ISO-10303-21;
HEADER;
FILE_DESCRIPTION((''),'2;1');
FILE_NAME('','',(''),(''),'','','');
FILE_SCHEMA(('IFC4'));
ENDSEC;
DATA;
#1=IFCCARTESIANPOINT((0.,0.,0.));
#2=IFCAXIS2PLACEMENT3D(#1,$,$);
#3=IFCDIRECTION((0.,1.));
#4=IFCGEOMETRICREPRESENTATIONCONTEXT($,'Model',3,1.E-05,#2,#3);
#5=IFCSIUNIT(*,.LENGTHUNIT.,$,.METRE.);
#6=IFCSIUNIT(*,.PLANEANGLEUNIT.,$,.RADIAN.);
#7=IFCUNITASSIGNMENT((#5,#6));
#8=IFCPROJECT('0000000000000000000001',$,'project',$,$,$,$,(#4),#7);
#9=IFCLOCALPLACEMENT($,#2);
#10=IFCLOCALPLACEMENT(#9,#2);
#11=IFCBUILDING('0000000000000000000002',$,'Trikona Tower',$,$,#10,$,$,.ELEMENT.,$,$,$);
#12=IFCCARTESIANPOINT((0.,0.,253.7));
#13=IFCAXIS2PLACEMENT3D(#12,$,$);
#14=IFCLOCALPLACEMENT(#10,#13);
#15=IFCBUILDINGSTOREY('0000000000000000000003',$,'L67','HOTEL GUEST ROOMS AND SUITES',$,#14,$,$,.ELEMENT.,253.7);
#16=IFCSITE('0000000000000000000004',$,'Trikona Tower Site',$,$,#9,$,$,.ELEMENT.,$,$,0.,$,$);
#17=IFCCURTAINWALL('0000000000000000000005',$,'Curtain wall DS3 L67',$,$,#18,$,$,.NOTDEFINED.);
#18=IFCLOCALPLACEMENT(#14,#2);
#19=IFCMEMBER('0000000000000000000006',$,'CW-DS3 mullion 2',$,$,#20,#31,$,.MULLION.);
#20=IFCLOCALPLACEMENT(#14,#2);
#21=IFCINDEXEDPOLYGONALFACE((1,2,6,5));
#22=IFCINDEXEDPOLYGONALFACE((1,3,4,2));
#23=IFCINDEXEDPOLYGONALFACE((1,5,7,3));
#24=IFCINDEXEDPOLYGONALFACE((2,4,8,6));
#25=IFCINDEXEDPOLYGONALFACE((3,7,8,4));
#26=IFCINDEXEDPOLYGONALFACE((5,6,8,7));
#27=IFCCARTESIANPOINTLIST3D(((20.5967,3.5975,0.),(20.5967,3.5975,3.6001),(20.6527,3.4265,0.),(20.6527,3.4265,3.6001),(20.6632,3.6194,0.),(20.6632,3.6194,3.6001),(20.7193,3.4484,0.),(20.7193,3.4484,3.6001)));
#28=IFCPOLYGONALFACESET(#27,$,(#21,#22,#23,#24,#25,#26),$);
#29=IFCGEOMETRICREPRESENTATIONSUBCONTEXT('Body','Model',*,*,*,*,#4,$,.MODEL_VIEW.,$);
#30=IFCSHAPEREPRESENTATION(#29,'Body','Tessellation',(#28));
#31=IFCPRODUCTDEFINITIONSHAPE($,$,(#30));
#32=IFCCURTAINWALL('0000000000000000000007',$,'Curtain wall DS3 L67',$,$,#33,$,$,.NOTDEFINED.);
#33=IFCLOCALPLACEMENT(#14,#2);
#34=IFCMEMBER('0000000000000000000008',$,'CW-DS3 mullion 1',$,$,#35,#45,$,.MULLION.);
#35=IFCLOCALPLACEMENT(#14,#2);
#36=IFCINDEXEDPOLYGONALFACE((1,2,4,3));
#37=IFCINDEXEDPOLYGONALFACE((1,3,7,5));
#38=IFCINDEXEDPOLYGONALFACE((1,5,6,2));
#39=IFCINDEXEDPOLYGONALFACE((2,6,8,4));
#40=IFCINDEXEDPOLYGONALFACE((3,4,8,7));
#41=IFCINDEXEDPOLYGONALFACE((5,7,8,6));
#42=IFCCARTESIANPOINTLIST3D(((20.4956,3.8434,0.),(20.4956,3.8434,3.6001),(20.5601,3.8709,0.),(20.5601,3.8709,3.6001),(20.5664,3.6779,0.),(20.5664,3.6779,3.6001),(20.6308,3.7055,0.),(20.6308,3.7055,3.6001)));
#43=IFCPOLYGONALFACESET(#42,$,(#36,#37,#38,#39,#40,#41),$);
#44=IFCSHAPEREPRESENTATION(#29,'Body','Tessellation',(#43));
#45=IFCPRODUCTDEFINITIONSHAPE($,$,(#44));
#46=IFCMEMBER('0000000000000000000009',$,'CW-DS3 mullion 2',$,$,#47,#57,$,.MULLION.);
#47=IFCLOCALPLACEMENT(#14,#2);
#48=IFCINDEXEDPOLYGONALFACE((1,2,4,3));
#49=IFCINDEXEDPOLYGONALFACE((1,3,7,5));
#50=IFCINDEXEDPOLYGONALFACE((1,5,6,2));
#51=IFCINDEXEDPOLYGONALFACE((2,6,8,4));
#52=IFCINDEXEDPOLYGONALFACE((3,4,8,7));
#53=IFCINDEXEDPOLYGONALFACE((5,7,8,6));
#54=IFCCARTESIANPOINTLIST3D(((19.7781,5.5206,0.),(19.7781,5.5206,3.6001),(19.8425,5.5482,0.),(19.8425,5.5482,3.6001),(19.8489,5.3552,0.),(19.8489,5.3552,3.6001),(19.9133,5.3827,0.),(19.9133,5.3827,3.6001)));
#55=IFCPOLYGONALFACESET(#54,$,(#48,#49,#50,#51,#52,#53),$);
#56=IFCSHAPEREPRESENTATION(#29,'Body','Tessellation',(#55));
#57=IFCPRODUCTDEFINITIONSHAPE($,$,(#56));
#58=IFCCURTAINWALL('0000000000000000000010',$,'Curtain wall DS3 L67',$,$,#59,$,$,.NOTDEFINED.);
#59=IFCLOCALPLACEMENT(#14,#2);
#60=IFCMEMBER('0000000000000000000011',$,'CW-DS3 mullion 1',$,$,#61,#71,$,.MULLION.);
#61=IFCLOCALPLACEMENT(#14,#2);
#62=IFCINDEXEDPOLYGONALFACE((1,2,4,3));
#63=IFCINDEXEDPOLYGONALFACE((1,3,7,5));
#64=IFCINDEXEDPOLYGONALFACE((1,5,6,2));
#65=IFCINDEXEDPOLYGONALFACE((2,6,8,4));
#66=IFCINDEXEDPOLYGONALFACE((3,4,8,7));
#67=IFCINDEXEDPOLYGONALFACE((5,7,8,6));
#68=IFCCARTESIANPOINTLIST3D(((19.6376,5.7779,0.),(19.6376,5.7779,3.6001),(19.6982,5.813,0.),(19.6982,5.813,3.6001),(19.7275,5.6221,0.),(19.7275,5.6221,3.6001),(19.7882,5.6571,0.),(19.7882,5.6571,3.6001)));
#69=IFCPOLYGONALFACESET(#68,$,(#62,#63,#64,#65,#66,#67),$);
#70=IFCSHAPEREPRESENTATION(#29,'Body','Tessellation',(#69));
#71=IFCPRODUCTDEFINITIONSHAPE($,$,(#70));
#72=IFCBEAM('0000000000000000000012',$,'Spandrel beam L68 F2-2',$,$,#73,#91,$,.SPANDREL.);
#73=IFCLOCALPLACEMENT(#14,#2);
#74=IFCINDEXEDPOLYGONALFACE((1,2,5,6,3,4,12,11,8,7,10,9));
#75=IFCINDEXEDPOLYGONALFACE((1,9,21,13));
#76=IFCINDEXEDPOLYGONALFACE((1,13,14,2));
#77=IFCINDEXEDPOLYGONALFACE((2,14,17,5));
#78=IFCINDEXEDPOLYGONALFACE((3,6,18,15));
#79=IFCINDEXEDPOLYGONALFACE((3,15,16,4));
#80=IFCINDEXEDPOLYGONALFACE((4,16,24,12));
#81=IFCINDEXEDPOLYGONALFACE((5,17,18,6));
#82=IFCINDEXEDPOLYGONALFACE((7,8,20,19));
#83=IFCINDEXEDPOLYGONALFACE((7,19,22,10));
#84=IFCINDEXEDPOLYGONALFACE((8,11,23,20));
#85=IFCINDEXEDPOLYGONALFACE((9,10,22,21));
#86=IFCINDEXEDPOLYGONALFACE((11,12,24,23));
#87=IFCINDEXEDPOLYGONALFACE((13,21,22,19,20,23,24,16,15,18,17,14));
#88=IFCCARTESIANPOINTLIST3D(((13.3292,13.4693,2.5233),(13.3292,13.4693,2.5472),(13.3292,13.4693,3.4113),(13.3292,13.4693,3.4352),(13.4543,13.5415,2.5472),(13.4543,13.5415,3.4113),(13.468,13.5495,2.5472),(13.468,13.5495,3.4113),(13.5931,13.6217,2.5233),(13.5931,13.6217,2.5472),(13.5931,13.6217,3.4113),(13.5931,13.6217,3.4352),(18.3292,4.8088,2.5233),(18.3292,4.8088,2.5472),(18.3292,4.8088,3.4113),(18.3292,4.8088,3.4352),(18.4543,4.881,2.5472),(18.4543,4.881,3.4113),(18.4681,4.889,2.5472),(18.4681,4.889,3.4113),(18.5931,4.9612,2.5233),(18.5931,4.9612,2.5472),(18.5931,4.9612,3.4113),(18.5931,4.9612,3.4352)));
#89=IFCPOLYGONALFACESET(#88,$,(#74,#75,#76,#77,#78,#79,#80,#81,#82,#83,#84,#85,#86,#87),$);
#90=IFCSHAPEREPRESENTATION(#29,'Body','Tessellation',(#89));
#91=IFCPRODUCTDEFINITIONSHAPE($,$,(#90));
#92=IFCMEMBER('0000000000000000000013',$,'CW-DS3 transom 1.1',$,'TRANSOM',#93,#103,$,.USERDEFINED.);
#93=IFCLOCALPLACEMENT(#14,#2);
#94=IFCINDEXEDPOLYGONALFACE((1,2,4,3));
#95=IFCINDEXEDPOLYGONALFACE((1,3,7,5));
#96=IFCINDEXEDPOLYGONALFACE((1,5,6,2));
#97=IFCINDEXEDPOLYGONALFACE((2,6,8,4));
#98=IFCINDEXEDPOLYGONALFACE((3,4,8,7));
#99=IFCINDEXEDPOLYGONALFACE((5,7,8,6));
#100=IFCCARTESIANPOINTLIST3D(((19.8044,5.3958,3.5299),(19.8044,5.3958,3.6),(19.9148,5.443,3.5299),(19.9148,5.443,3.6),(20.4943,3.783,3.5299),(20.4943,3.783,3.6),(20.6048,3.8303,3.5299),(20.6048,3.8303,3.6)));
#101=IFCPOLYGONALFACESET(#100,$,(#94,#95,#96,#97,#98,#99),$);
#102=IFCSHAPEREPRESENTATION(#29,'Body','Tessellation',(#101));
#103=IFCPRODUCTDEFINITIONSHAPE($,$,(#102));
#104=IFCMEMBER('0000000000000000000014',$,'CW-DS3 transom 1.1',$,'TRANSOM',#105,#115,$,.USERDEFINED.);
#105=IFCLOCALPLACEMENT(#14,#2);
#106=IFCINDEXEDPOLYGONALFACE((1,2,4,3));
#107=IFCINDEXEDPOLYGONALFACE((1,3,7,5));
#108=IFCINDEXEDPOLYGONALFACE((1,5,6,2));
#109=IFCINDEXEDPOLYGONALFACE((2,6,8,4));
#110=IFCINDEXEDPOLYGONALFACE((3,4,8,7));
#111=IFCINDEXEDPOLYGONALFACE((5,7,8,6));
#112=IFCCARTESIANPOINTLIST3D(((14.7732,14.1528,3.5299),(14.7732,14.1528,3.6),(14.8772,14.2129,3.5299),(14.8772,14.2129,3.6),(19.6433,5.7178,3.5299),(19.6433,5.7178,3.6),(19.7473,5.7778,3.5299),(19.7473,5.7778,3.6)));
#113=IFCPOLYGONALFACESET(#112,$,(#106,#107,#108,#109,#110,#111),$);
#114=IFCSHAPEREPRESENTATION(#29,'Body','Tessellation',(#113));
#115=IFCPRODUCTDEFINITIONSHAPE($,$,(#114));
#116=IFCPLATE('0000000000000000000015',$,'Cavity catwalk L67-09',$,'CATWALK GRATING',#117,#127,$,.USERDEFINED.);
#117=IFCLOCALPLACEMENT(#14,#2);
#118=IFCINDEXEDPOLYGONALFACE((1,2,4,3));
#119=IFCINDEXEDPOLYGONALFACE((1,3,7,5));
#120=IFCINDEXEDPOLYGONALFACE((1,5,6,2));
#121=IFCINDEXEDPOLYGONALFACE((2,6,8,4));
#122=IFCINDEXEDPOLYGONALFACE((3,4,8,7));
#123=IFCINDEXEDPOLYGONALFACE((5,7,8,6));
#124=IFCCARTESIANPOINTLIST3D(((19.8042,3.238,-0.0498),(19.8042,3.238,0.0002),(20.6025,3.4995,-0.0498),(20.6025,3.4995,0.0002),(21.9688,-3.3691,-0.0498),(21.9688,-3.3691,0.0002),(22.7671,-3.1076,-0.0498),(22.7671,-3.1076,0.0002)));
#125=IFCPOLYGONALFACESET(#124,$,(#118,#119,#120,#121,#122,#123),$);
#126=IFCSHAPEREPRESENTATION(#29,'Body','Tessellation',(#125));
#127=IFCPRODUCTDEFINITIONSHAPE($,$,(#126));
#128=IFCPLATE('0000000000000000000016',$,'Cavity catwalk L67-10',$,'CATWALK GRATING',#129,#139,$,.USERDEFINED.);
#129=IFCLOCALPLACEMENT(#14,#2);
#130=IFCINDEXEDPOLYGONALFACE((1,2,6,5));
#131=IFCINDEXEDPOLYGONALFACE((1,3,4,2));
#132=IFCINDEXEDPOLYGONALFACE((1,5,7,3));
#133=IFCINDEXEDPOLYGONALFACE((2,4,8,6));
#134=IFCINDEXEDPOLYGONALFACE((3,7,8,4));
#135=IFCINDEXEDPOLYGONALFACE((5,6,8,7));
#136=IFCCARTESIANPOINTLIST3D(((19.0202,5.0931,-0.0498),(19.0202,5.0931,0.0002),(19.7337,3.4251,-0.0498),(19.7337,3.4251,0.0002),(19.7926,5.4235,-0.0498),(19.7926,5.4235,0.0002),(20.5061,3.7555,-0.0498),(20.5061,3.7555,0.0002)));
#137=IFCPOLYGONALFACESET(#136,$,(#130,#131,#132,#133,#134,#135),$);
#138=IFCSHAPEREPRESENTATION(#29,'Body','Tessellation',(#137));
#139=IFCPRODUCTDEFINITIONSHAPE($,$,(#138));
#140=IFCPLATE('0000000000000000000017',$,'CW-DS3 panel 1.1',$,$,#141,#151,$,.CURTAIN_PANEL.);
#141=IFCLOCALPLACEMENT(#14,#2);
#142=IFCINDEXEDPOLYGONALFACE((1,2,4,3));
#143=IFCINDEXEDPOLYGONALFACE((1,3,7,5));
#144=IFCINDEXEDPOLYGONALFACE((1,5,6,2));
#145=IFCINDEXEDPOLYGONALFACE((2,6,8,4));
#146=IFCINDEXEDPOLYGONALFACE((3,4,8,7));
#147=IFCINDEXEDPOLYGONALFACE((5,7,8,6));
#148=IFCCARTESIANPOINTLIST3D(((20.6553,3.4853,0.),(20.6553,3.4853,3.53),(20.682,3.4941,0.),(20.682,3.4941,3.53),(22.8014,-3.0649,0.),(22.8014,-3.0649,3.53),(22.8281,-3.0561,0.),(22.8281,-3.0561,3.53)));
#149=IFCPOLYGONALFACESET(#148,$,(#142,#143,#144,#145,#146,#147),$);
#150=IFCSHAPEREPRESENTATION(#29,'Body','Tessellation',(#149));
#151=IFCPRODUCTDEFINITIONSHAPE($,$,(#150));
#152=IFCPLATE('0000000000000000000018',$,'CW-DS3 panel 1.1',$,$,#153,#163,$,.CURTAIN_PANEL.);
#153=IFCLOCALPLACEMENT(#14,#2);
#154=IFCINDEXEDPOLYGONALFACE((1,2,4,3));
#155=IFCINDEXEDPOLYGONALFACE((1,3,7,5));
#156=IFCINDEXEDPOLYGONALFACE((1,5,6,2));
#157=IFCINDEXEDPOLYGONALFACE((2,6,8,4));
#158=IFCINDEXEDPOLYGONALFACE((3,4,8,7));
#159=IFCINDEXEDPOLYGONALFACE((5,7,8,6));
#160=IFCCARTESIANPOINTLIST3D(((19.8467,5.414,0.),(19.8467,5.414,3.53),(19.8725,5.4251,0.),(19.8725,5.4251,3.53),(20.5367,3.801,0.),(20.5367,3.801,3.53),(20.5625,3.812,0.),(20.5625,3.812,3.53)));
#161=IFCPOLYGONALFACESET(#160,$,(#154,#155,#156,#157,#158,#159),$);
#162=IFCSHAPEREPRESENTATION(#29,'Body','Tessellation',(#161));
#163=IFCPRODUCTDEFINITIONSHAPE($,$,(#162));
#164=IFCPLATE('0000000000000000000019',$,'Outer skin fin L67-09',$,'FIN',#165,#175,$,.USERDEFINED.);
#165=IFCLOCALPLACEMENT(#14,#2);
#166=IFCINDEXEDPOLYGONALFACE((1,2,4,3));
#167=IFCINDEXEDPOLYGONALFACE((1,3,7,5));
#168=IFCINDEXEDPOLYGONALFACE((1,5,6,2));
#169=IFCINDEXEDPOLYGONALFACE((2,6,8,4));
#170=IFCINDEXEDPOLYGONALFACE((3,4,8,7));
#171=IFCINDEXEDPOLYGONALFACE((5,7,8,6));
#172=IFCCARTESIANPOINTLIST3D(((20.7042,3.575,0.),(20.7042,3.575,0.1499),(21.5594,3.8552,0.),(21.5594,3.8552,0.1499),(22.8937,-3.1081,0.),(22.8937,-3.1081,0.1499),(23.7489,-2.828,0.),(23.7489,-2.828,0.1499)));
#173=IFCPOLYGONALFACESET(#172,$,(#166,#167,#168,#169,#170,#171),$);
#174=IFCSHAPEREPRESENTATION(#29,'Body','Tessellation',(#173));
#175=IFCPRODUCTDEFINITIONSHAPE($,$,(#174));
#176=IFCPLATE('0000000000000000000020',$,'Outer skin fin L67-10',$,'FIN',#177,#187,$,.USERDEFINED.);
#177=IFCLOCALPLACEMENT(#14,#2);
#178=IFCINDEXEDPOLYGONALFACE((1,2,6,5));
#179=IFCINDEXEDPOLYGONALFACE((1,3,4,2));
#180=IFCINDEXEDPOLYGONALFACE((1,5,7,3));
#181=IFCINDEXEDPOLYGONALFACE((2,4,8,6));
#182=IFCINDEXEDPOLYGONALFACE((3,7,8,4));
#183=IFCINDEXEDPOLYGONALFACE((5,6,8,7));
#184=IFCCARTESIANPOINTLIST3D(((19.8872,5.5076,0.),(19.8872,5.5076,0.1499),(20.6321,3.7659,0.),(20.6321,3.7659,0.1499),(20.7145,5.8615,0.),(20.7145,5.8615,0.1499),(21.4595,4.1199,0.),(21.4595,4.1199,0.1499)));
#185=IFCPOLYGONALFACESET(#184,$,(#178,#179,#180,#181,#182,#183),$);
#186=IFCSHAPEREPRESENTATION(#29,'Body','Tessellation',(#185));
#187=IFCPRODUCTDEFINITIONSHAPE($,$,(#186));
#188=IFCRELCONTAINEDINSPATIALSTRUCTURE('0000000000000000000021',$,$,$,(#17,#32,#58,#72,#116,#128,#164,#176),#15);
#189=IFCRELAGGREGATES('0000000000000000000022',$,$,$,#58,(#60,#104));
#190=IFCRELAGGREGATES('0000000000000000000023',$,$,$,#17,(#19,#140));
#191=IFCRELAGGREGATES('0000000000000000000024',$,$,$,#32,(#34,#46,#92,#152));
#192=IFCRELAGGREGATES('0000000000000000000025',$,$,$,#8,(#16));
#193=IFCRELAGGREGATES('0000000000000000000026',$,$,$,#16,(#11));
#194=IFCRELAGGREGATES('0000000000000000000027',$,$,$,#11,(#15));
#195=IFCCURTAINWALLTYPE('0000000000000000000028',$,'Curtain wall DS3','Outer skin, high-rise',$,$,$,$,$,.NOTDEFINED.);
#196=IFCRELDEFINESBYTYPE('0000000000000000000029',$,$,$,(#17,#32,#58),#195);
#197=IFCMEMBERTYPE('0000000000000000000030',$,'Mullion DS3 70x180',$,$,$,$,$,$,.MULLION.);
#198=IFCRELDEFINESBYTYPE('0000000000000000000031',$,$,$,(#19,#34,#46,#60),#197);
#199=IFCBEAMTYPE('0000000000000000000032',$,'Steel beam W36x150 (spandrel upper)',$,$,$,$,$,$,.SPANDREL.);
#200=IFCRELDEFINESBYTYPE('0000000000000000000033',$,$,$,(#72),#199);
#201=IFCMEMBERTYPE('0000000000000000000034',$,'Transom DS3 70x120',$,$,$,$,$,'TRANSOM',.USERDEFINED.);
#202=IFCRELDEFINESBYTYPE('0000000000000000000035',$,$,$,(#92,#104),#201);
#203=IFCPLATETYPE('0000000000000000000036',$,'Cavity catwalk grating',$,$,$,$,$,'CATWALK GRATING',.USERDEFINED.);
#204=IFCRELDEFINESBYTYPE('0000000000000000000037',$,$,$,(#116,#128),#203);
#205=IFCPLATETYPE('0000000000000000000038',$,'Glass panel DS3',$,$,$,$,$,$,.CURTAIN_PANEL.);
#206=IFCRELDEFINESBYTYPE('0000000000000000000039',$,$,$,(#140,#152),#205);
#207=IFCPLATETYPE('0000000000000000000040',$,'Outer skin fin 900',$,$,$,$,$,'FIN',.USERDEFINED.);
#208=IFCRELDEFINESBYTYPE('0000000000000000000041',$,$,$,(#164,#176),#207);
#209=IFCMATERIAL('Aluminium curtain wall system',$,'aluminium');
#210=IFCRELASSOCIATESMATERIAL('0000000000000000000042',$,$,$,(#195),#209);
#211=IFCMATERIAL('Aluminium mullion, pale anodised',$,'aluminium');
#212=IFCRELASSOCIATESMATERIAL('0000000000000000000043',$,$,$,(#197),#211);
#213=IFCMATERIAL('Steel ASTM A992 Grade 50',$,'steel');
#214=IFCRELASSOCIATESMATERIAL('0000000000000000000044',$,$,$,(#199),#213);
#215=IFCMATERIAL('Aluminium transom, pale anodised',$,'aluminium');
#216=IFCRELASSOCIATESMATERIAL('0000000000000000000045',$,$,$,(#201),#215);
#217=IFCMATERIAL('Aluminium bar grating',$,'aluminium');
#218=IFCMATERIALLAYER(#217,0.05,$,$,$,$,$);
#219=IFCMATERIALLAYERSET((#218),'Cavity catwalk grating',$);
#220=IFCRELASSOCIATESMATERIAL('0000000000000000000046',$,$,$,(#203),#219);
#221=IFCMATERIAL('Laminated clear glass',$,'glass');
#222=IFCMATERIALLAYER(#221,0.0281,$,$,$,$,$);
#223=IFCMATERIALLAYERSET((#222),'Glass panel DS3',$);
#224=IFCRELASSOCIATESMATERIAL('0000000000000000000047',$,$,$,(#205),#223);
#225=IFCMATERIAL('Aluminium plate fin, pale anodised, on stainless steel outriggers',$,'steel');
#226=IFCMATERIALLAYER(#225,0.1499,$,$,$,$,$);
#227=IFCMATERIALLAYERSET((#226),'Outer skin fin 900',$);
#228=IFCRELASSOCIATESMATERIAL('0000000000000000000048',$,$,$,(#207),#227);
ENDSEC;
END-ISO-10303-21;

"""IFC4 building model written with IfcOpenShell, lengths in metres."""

from ifc_helpers import new_model, si_unit, direction, frame, origin, origin_2d, place, context, subcontext, project, spatial, rectangle, i_section, extrude, material, layer, layer_set, material_profile, profile_set, type_object, element, aggregate, save


model = new_model("IFC4")

# Units and contexts
model_context = context("Model", 3, precision=1e-05, world=origin(), true_north=direction((0.0, 1.0)))
body_context = subcontext(model_context, "Body", "Model", "MODEL_VIEW")
ifc_project = project(units=[si_unit("LENGTHUNIT", "METRE"), si_unit("PLANEANGLEUNIT", "RADIAN")], contexts=[model_context])

# Site, building, storey
site_placement = place(None, origin())
site = spatial("IfcSite", under=ifc_project, at=site_placement, Name="Trikona Tower Site", CompositionType="ELEMENT", RefElevation=0.0)
building_placement = place(site_placement, origin())
building = spatial("IfcBuilding", under=site, at=building_placement, Name="Trikona Tower", CompositionType="ELEMENT")
storey_placement = place(building_placement, frame((0.0, 0.0, 253.7)))
storey = spatial("IfcBuildingStorey", under=building, at=storey_placement, Name="L67", Description="HOTEL GUEST ROOMS AND SUITES", CompositionType="ELEMENT", Elevation=253.7)

# Curtain wall, member
ifc_material_1 = material(Name="Aluminium curtain wall system", Category="aluminium")
curtain_wall_type = type_object("IfcCurtainWallType", Name="Curtain wall DS3", Description="Outer skin, high-rise", PredefinedType="NOTDEFINED", material=ifc_material_1)
curtain_wall_1_placement = place(storey_placement, origin())
curtain_wall_1 = element("IfcCurtainWall", 1, at=curtain_wall_1_placement, inside=storey, type_object=curtain_wall_type, Name="Curtain wall DS3 L67", PredefinedType="NOTDEFINED")
ifc_material_2 = material(Name="Aluminium mullion, pale anodised", Category="aluminium")
ifc_material_profile_1 = material_profile(ifc_material_2, rectangle(XDim=0.0701, YDim=0.1799, at=origin_2d()), Name="MUL-DS3")
ifc_profile_set_1 = profile_set([ifc_material_profile_1], Name="Aluminium mullion, pale anodised")
member_type_1 = type_object("IfcMemberType", Name="Mullion DS3 70x180", PredefinedType="MULLION", material=ifc_profile_set_1)
member_1_placement = place(storey_placement, frame((20.658, 3.5229, 0.0), z_axis=(0.0, 0.0, 1.0), x_axis=(-0.950297, -0.311344, 0.0)))
member_1 = element("IfcMember", 2, at=member_1_placement, type_object=member_type_1, Name="CW-DS3 mullion 2", PredefinedType="MULLION", context=body_context, shape_type="SweptSolid", body=[
    extrude(rectangle(XDim=0.0701, YDim=0.1799, at=origin_2d()), origin(), (0.0, 0.0, 1.0), 3.6001),
])

# Curtain wall, members
curtain_wall_2_placement = place(storey_placement, origin())
curtain_wall_2 = element("IfcCurtainWall", 3, at=curtain_wall_2_placement, inside=storey, type_object=curtain_wall_type, Name="Curtain wall DS3 L67", PredefinedType="NOTDEFINED")
member_2_placement = place(storey_placement, frame((20.5632, 3.7744, 0.0), z_axis=(0.0, 0.0, 1.0), x_axis=(-0.919421, -0.393276, 0.0)))
member_2 = element("IfcMember", 4, at=member_2_placement, type_object=member_type_1, Name="CW-DS3 mullion 1", PredefinedType="MULLION", context=body_context, shape_type="SweptSolid", body=[
    extrude(rectangle(XDim=0.0701, YDim=0.1799, at=origin_2d()), origin(), (0.0, 0.0, 1.0), 3.6001),
])
member_3_placement = place(storey_placement, frame((19.8457, 5.4517, 0.0), z_axis=(0.0, 0.0, 1.0), x_axis=(-0.919421, -0.393276, 0.0)))
member_3 = element("IfcMember", 5, at=member_3_placement, type_object=member_type_1, Name="CW-DS3 mullion 2", PredefinedType="MULLION", context=body_context, shape_type="SweptSolid", body=[
    extrude(rectangle(XDim=0.0701, YDim=0.1799, at=origin_2d()), origin(), (0.0, 0.0, 1.0), 3.6001),
])

# Curtain wall, member
curtain_wall_3_placement = place(storey_placement, origin())
curtain_wall_3 = element("IfcCurtainWall", 6, at=curtain_wall_3_placement, inside=storey, type_object=curtain_wall_type, Name="Curtain wall DS3 L67", PredefinedType="NOTDEFINED")
member_4_placement = place(storey_placement, frame((19.7129, 5.7175, 0.0), z_axis=(0.0, 0.0, 1.0), x_axis=(-0.866025, -0.500001, 0.0)))
member_4 = element("IfcMember", 7, at=member_4_placement, type_object=member_type_1, Name="CW-DS3 mullion 1", PredefinedType="MULLION", context=body_context, shape_type="SweptSolid", body=[
    extrude(rectangle(XDim=0.0701, YDim=0.1799, at=origin_2d()), origin(), (0.0, 0.0, 1.0), 3.6001),
])

# Beam
ifc_material_3 = material(Name="Steel ASTM A992 Grade 50", Category="steel")
ifc_material_profile_2 = material_profile(ifc_material_3, i_section(OverallWidth=0.3047, OverallDepth=0.9119, WebThickness=0.0159, FlangeThickness=0.0239, at=origin_2d()), Name="W36X150")
ifc_profile_set_2 = profile_set([ifc_material_profile_2], Name="Steel ASTM A992 Grade 50")
beam_type = type_object("IfcBeamType", Name="Steel beam W36x150 (spandrel upper)", PredefinedType="SPANDREL", material=ifc_profile_set_2)
beam_placement = place(storey_placement, frame((18.4612, 4.885, 2.9792), z_axis=(-0.499994, 0.866029, 0.0), x_axis=(-0.866029, -0.499994, 0.0)))
element("IfcBeam", 8, at=beam_placement, inside=storey, type_object=beam_type, Name="Spandrel beam L68 F2-2", PredefinedType="SPANDREL", context=body_context, shape_type="SweptSolid", body=[
    extrude(i_section(OverallWidth=0.3047, OverallDepth=0.9119, WebThickness=0.0159, FlangeThickness=0.0239, at=origin_2d()), origin(), (0.0, 0.0, 1.0), 10.0002),
])

# Members
ifc_material_4 = material(Name="Aluminium transom, pale anodised", Category="aluminium")
ifc_material_profile_3 = material_profile(ifc_material_4, rectangle(XDim=0.1201, YDim=0.0701, at=origin_2d()), Name="TRN-DS3")
ifc_profile_set_3 = profile_set([ifc_material_profile_3], Name="Aluminium transom, pale anodised")
member_type_2 = type_object("IfcMemberType", Name="Transom DS3 70x120", ElementType="TRANSOM", PredefinedType="USERDEFINED", material=ifc_profile_set_3)
member_5_placement = place(storey_placement, frame((20.5496, 3.8066, 3.5649), z_axis=(-0.393315, 0.919404, 0.0), x_axis=(-0.919404, -0.393315, 0.0)))
member_5 = element("IfcMember", 9, at=member_5_placement, type_object=member_type_2, Name="CW-DS3 transom 1.1", ObjectType="TRANSOM", PredefinedType="USERDEFINED", context=body_context, shape_type="SweptSolid", body=[
    extrude(rectangle(XDim=0.1201, YDim=0.0701, at=origin_2d()), origin(), (0.0, 0.0, 1.0), 1.7542),
])
member_6_placement = place(storey_placement, frame((19.6953, 5.7478, 3.5649), z_axis=(-0.50001, 0.866019, 0.0), x_axis=(-0.866019, -0.50001, 0.0)))
member_6 = element("IfcMember", 10, at=member_6_placement, type_object=member_type_2, Name="CW-DS3 transom 1.1", ObjectType="TRANSOM", PredefinedType="USERDEFINED", context=body_context, shape_type="SweptSolid", body=[
    extrude(rectangle(XDim=0.1201, YDim=0.0701, at=origin_2d()), origin(), (0.0, 0.0, 1.0), 9.74),
])
aggregate(curtain_wall_3, [member_4, member_6])

# Plates
ifc_material_5 = material(Name="Aluminium bar grating", Category="aluminium")
ifc_layer_1 = layer(ifc_material_5, 0.05)
ifc_layer_set_1 = layer_set([ifc_layer_1], Name="Cavity catwalk grating")
plate_type_1 = type_object("IfcPlateType", Name="Cavity catwalk grating", ElementType="CATWALK GRATING", PredefinedType="USERDEFINED", material=ifc_layer_set_1)
plate_1_placement = place(storey_placement, frame((21.2856, 0.0652, -0.0498), z_axis=(0.0, 0.0, 1.0), x_axis=(-0.311337, 0.9503, 0.0)))
element("IfcPlate", 11, at=plate_1_placement, inside=storey, type_object=plate_type_1, Name="Cavity catwalk L67-09", ObjectType="CATWALK GRATING", PredefinedType="USERDEFINED", context=body_context, shape_type="SweptSolid", body=[
    extrude(rectangle(XDim=6.9526, YDim=0.8401, at=origin_2d()), origin(), (0.0, 0.0, 1.0), 0.05),
])
plate_2_placement = place(storey_placement, frame((19.7632, 4.4243, -0.0498), z_axis=(0.0, 0.0, 1.0), x_axis=(-0.393284, 0.919417, 0.0)))
element("IfcPlate", 12, at=plate_2_placement, inside=storey, type_object=plate_type_1, Name="Cavity catwalk L67-10", ObjectType="CATWALK GRATING", PredefinedType="USERDEFINED", context=body_context, shape_type="SweptSolid", body=[
    extrude(rectangle(XDim=1.8142, YDim=0.8401, at=origin_2d()), origin(), (0.0, 0.0, 1.0), 0.05),
])

# Plates
ifc_material_6 = material(Name="Laminated clear glass", Category="glass")
ifc_layer_2 = layer(ifc_material_6, 0.0281)
ifc_layer_set_2 = layer_set([ifc_layer_2], Name="Glass panel DS3")
plate_type_2 = type_object("IfcPlateType", Name="Glass panel DS3", PredefinedType="CURTAIN_PANEL", material=ifc_layer_set_2)
plate_3_placement = place(storey_placement, frame((21.7417, 0.2146, 0.0), z_axis=(0.0, 0.0, 1.0), x_axis=(-0.311344, 0.950297, 0.0)))
plate_3 = element("IfcPlate", 13, at=plate_3_placement, type_object=plate_type_2, Name="CW-DS3 panel 1.1", PredefinedType="CURTAIN_PANEL", context=body_context, shape_type="SweptSolid", body=[
    extrude(rectangle(XDim=6.8928, YDim=0.0281, at=origin_2d()), origin(), (0.0, 0.0, 1.0), 3.53),
])
aggregate(curtain_wall_1, [member_1, plate_3])
plate_4_placement = place(storey_placement, frame((20.2046, 4.613, 0.0), z_axis=(0.0, 0.0, 1.0), x_axis=(-0.393276, 0.919421, 0.0)))
plate_4 = element("IfcPlate", 14, at=plate_4_placement, type_object=plate_type_2, Name="CW-DS3 panel 1.1", PredefinedType="CURTAIN_PANEL", context=body_context, shape_type="SweptSolid", body=[
    extrude(rectangle(XDim=1.7544, YDim=0.0281, at=origin_2d()), origin(), (0.0, 0.0, 1.0), 3.53),
])
aggregate(curtain_wall_2, [member_2, member_3, member_5, plate_4])

# Plates
ifc_material_7 = material(Name="Aluminium plate fin, pale anodised, on stainless steel outriggers", Category="steel")
ifc_layer_3 = layer(ifc_material_7, 0.1499)
ifc_layer_set_3 = layer_set([ifc_layer_3], Name="Outer skin fin 900")
plate_type_3 = type_object("IfcPlateType", Name="Outer skin fin 900", ElementType="FIN", PredefinedType="USERDEFINED", material=ifc_layer_set_3)
plate_5_placement = place(storey_placement, frame((22.2266, 0.3735, 0.0), z_axis=(0.0, 0.0, 1.0), x_axis=(-0.311337, 0.9503, 0.0)))
element("IfcPlate", 15, at=plate_5_placement, inside=storey, type_object=plate_type_3, Name="Outer skin fin L67-09", ObjectType="FIN", PredefinedType="USERDEFINED", context=body_context, shape_type="SweptSolid", body=[
    extrude(rectangle(XDim=7.0327, YDim=0.8999, at=origin_2d()), origin(), (0.0, 0.0, 1.0), 0.1499),
])
plate_6_placement = place(storey_placement, frame((20.6733, 4.8137, 0.0), z_axis=(0.0, 0.0, 1.0), x_axis=(-0.393284, 0.919417, 0.0)))
element("IfcPlate", 16, at=plate_6_placement, inside=storey, type_object=plate_type_3, Name="Outer skin fin L67-10", ObjectType="FIN", PredefinedType="USERDEFINED", context=body_context, shape_type="SweptSolid", body=[
    extrude(rectangle(XDim=1.8943, YDim=0.8999, at=origin_2d()), origin(), (0.0, 0.0, 1.0), 0.1499),
])

save(model, "model.ifc")
